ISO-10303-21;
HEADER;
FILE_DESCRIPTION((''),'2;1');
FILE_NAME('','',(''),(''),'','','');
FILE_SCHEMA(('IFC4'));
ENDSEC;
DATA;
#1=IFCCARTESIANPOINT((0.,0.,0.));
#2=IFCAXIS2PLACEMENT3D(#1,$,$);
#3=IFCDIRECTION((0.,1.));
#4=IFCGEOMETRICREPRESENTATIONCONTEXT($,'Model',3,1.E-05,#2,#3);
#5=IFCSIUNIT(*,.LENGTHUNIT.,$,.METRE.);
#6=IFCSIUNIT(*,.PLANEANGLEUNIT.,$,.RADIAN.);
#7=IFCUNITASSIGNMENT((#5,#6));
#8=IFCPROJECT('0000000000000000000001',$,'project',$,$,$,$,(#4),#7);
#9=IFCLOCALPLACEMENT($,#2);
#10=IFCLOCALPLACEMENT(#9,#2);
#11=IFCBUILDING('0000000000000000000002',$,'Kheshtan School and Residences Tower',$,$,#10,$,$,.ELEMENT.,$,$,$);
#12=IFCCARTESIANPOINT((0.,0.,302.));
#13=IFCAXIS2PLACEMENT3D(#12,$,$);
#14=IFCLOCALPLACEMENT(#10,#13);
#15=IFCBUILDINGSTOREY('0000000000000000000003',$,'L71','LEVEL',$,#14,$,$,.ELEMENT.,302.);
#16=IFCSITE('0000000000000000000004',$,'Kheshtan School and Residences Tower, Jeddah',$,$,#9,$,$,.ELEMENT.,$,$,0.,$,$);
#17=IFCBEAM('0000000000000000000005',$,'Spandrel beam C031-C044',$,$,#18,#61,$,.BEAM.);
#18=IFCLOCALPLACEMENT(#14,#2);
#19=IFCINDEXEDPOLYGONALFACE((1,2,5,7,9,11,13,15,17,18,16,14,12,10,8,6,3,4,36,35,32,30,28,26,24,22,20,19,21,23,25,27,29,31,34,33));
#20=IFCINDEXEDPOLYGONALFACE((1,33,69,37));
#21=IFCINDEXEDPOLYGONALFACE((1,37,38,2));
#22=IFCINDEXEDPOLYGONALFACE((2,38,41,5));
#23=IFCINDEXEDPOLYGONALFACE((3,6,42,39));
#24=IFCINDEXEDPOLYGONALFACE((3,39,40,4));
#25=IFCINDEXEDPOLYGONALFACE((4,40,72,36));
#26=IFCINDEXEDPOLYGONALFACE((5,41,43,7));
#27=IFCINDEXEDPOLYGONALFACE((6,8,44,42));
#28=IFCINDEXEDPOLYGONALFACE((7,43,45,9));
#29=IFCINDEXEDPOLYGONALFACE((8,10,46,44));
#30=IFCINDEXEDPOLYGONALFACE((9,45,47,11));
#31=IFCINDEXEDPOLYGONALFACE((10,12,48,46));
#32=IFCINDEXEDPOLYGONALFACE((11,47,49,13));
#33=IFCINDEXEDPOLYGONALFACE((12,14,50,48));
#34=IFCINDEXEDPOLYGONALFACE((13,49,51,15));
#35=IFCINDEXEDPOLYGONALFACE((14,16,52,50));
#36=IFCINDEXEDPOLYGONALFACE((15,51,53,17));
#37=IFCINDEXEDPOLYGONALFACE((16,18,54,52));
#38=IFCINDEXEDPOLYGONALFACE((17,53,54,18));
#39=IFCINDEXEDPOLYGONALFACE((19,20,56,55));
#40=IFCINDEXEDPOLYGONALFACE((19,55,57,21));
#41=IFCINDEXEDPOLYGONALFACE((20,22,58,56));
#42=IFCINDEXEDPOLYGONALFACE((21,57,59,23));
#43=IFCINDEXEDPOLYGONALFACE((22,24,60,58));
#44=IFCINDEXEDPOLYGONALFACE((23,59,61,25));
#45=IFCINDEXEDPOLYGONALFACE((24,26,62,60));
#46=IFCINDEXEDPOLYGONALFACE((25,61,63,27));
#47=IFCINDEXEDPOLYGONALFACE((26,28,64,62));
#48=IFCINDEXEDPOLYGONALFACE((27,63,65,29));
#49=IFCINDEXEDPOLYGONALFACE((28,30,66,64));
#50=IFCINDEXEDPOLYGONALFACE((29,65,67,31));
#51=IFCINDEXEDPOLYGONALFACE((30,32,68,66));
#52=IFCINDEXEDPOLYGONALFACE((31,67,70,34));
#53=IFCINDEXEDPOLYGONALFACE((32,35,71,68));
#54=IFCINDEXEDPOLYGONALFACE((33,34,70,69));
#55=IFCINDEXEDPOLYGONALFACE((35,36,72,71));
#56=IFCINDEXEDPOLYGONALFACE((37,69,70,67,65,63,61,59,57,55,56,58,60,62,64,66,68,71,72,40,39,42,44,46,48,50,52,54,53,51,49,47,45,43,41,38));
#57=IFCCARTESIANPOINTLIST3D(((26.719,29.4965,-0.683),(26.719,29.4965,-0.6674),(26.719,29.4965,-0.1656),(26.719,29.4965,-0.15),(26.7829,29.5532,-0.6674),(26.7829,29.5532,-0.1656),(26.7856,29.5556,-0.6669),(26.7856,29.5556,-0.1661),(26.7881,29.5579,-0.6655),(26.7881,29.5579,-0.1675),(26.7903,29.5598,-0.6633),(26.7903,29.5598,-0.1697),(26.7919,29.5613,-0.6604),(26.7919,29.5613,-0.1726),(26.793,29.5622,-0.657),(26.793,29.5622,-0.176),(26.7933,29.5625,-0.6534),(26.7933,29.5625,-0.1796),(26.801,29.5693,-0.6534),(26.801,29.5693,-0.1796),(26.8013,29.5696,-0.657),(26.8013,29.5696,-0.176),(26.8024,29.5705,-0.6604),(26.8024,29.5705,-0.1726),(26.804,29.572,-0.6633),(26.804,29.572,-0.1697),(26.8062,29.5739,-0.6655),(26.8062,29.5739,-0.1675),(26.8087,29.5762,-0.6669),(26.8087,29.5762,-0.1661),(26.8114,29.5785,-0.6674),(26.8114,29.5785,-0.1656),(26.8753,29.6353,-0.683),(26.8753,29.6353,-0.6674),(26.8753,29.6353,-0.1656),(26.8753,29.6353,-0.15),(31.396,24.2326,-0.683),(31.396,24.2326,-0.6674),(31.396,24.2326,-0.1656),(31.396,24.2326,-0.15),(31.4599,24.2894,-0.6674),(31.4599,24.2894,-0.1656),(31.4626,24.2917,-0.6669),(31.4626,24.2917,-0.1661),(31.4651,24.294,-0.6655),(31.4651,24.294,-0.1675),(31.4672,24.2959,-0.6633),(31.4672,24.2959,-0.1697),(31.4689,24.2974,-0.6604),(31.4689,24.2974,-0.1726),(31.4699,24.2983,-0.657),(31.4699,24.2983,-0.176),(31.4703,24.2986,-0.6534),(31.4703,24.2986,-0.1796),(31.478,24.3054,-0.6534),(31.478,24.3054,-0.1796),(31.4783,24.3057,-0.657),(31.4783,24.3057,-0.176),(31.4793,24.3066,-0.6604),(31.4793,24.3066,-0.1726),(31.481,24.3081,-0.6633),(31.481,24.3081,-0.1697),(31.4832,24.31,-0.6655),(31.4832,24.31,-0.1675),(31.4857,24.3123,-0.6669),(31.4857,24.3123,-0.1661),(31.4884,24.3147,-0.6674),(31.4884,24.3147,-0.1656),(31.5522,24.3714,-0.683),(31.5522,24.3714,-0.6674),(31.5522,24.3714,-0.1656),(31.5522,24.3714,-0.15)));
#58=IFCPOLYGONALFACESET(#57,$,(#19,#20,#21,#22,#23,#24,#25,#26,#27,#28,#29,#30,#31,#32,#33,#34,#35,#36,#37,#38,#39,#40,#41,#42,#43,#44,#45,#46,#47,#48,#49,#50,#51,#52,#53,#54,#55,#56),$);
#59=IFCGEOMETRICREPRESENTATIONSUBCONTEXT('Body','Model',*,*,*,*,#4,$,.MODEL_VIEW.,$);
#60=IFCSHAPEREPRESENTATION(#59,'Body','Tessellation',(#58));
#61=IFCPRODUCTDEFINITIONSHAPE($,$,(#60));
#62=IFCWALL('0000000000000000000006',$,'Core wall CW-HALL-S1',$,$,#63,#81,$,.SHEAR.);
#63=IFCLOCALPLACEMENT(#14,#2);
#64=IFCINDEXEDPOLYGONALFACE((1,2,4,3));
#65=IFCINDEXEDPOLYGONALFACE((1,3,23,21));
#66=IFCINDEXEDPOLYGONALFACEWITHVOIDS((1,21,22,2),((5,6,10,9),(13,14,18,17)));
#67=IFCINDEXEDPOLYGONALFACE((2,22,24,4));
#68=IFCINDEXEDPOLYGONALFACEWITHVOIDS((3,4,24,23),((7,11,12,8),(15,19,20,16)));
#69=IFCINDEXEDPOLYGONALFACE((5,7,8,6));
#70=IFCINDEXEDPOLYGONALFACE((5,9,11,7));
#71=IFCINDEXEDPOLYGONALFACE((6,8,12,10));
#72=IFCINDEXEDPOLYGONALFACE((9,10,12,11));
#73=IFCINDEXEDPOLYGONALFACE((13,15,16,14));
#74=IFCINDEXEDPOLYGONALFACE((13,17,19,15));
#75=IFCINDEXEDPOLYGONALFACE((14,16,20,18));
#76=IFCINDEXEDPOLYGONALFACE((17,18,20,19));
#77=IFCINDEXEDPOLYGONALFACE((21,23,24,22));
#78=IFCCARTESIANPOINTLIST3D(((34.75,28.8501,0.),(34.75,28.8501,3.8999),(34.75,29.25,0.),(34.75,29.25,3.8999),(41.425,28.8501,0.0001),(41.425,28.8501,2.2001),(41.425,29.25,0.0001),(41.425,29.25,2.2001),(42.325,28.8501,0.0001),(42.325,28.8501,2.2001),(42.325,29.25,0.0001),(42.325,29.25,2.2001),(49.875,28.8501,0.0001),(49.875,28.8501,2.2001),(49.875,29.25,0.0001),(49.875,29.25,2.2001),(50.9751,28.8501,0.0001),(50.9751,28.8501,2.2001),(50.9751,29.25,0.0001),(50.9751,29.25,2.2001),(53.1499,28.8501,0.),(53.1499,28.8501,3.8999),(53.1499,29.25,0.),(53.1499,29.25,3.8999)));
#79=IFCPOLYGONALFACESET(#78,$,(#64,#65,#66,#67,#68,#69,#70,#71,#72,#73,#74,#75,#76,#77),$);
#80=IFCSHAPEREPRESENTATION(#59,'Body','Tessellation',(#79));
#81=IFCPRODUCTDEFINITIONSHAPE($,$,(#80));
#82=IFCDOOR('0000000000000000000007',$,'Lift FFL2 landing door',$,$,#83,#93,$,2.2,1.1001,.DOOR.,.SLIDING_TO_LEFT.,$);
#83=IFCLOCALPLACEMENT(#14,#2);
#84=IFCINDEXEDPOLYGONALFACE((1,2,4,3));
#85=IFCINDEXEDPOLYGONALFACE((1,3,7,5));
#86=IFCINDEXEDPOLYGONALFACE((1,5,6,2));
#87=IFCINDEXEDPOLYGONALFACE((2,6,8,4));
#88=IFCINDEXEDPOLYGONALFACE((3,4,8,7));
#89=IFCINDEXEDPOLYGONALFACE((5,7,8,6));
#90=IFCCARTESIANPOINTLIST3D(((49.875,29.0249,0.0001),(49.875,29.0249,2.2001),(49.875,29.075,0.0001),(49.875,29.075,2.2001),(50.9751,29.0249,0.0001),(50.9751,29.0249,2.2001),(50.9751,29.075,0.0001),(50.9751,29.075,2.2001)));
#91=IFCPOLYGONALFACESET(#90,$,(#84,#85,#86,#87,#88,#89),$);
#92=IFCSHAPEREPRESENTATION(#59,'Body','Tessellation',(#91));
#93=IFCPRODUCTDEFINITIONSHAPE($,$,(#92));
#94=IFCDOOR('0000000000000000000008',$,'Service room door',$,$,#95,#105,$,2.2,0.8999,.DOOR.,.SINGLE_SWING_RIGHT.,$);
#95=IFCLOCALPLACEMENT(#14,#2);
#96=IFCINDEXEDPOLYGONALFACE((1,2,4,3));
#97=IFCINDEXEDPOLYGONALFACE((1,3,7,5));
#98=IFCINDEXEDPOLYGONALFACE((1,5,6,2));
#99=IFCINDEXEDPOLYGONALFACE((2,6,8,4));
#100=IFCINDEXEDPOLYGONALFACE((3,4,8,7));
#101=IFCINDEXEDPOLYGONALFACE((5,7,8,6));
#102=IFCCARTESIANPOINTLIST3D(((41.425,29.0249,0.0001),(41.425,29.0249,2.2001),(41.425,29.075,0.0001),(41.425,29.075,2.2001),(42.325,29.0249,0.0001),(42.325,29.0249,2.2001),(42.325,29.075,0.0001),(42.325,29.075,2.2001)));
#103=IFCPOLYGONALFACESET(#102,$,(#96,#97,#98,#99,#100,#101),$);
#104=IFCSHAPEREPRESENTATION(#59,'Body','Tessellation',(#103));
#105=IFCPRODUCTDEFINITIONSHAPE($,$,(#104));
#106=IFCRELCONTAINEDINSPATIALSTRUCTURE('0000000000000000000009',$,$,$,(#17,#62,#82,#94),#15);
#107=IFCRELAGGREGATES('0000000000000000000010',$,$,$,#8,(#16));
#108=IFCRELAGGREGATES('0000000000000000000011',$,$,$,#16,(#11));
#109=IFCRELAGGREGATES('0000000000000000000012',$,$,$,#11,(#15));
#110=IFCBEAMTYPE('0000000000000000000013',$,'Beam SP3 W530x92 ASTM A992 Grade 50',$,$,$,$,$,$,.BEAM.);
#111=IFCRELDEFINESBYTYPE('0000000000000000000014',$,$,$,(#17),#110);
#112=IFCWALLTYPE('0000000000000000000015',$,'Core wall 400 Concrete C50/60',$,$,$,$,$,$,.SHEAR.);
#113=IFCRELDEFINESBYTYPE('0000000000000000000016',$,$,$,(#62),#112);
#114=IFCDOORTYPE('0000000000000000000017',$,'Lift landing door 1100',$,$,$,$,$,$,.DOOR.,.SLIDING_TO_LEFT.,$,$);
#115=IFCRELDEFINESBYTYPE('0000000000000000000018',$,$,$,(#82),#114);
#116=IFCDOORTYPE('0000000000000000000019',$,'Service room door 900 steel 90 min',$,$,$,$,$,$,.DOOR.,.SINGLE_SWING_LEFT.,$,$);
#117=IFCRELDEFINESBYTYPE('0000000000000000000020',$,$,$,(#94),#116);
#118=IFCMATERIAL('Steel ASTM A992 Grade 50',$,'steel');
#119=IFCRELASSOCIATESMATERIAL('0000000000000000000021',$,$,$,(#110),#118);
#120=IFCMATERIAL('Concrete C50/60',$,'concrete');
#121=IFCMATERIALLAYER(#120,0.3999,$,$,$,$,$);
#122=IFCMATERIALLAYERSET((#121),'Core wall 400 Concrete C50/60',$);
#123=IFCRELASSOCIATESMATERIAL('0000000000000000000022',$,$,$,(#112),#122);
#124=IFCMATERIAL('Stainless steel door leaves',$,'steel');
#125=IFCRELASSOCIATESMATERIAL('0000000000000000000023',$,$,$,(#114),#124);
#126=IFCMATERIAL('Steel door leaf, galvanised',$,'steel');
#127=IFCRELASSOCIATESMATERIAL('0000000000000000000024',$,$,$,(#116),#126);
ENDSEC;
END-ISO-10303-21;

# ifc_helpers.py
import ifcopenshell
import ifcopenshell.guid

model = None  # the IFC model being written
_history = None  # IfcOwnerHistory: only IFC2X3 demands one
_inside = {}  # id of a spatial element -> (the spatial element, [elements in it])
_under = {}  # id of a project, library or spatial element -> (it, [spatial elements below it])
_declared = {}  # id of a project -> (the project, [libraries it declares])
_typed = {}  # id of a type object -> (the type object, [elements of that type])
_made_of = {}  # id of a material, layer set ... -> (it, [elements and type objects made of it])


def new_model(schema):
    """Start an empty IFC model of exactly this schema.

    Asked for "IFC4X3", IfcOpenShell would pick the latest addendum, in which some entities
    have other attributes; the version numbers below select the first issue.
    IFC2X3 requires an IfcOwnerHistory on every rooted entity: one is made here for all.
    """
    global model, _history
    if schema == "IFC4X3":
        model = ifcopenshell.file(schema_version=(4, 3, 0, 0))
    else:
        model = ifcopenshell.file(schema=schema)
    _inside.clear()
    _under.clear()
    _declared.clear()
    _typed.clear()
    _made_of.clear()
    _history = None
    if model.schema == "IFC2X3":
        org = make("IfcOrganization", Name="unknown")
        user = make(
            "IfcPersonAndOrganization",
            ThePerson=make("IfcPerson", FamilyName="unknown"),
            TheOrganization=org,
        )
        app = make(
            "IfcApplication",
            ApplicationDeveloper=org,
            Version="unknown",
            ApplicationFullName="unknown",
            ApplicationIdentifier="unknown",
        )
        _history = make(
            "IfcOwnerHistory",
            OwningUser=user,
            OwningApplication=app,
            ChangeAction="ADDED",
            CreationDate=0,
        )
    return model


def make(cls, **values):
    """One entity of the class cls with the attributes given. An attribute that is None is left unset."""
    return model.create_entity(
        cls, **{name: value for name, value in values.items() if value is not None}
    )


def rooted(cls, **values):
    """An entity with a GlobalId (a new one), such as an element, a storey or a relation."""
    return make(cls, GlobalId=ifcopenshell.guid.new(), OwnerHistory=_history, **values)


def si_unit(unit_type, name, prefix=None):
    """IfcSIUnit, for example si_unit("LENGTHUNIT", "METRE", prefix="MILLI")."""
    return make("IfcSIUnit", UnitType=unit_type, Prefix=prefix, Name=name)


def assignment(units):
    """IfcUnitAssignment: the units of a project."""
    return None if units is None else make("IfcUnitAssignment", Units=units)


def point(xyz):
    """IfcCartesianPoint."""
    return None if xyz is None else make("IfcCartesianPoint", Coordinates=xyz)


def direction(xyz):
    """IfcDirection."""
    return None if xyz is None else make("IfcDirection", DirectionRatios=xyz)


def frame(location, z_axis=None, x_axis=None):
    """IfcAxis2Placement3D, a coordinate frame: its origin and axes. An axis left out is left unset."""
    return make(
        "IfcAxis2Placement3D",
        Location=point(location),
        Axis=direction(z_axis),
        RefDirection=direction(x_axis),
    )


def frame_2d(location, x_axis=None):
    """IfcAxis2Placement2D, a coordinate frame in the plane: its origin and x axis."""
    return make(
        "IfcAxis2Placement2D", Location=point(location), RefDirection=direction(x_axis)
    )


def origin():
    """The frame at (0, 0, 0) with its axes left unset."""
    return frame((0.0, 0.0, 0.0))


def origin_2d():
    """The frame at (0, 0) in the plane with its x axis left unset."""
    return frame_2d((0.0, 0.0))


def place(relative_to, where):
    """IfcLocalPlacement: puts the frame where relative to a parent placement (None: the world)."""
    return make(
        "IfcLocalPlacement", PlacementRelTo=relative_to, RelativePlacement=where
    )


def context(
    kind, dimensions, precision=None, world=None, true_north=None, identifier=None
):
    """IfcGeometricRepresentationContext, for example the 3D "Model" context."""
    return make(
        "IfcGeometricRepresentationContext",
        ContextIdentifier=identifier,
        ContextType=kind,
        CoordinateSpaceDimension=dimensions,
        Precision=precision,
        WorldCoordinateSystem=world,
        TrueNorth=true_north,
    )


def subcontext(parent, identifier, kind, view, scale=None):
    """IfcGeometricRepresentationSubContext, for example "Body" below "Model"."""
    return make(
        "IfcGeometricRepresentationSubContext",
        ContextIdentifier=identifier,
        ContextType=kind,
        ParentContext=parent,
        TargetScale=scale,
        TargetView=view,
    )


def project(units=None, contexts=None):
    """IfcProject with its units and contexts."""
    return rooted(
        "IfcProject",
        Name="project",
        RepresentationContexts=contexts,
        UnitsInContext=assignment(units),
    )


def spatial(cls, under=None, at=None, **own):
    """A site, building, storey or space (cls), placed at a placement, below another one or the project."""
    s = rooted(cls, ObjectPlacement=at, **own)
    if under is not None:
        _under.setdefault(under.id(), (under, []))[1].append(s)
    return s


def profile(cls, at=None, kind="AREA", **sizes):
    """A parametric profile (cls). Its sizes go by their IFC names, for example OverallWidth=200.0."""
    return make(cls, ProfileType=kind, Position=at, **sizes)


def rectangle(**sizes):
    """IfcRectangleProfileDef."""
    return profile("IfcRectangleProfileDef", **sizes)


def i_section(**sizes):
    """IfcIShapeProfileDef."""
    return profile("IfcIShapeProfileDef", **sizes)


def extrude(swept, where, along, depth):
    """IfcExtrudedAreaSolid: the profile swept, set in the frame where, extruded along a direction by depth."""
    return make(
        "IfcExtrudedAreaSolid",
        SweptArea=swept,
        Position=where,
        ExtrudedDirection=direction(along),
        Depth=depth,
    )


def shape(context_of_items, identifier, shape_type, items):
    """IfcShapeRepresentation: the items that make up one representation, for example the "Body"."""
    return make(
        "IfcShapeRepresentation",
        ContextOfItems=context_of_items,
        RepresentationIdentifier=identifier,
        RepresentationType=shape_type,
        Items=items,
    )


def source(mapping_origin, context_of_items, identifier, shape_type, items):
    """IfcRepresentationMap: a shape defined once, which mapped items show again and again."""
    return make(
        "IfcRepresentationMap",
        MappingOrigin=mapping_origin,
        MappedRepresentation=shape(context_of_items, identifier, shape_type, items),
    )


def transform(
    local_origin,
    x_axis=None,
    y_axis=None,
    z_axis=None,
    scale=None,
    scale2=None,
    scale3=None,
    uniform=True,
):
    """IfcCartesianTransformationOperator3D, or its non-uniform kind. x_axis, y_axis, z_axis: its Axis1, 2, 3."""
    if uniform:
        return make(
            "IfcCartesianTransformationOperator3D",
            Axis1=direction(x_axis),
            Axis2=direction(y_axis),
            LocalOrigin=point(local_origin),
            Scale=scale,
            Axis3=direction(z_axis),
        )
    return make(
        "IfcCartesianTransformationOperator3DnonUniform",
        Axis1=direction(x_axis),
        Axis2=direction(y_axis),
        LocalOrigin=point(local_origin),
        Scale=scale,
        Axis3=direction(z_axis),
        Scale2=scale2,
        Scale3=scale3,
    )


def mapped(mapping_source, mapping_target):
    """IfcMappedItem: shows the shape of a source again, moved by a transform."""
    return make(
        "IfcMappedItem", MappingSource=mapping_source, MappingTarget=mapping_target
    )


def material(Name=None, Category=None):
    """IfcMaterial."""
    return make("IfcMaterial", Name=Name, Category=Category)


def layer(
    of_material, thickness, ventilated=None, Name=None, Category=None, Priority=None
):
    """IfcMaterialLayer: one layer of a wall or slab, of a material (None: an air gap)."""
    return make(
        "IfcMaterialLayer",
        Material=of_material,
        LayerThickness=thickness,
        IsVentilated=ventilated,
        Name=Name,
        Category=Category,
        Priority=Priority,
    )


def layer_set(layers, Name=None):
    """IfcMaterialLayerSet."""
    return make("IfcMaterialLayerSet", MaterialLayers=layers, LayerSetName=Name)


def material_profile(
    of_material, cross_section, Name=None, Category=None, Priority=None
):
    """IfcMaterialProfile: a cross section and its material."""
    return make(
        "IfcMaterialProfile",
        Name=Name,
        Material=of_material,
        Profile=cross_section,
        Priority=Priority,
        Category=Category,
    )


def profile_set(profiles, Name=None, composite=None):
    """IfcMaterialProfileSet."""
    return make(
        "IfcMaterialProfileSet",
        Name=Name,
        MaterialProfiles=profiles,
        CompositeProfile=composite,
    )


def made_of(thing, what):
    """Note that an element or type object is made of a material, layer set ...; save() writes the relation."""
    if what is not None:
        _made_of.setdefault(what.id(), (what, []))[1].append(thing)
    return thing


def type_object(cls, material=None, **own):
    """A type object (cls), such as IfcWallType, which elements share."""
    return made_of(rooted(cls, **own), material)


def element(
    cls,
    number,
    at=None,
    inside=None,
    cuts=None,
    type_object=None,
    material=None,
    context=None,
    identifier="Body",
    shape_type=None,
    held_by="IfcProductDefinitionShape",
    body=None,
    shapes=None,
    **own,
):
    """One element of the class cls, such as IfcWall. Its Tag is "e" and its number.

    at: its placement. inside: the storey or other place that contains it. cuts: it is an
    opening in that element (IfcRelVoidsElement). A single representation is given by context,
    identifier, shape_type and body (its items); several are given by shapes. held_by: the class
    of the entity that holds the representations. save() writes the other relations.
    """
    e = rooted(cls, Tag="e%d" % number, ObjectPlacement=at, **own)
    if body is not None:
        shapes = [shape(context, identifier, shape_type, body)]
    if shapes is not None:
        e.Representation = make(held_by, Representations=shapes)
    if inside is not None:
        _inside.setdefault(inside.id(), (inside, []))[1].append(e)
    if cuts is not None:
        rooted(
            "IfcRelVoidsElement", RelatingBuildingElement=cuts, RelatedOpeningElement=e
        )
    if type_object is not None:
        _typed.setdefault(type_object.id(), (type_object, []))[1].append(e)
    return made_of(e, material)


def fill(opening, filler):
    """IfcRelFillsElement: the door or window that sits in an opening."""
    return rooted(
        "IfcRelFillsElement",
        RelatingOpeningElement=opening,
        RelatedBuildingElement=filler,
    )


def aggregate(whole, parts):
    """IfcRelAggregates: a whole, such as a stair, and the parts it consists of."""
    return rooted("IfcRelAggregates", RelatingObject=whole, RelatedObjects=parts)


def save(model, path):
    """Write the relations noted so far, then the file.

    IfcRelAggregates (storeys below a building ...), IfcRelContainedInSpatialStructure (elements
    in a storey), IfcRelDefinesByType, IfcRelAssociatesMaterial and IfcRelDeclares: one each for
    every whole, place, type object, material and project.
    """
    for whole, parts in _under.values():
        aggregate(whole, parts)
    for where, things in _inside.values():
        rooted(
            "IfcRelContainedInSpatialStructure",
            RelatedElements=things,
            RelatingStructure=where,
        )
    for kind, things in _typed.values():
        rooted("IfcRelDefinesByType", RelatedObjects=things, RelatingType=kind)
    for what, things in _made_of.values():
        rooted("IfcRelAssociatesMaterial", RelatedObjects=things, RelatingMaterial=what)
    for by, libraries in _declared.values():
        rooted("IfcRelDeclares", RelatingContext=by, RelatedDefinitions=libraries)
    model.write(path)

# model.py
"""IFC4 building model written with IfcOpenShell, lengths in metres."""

from ifc_helpers import new_model, si_unit, direction, frame, frame_2d, origin, origin_2d, place, context, subcontext, project, spatial, rectangle, i_section, extrude, source, transform, mapped, material, layer, layer_set, material_profile, profile_set, type_object, element, fill, save


model = new_model("IFC4")

# Units and contexts
model_context = context("Model", 3, precision=1e-05, world=origin(), true_north=direction((0.0, 1.0)))
body_context = subcontext(model_context, "Body", "Model", "MODEL_VIEW")
ifc_project = project(units=[si_unit("LENGTHUNIT", "METRE"), si_unit("PLANEANGLEUNIT", "RADIAN")], contexts=[model_context])

# Site, building, storey
site_placement = place(None, origin())
site = spatial("IfcSite", under=ifc_project, at=site_placement, Name="Kheshtan School and Residences Tower, Jeddah", CompositionType="ELEMENT", RefElevation=0.0)
building_placement = place(site_placement, origin())
building = spatial("IfcBuilding", under=site, at=building_placement, Name="Kheshtan School and Residences Tower", CompositionType="ELEMENT")
storey_placement = place(building_placement, frame((0.0, 0.0, 302.0)))
storey = spatial("IfcBuildingStorey", under=building, at=storey_placement, Name="L71", Description="LEVEL", CompositionType="ELEMENT", Elevation=302.0)

# Shared definitions
ifc_material_1 = material(Name="Steel ASTM A992 Grade 50", Category="steel")

# Beam
ifc_material_profile_1 = material_profile(ifc_material_1, i_section(OverallWidth=0.209, OverallDepth=0.533, WebThickness=0.0103, FlangeThickness=0.0156, FilletRadius=0.0139, at=origin_2d()), Name="W530x92")
ifc_profile_set_1 = profile_set([ifc_material_profile_1], Name="Steel ASTM A992 Grade 50")
beam_type_1 = type_object("IfcBeamType", Name="Beam SP3 W530x92 ASTM A992 Grade 50", PredefinedType="BEAM", material=ifc_profile_set_1)
beam_1_placement = place(storey_placement, frame((31.4741, 24.302, -0.4165), z_axis=(-0.664202, 0.747553, 0.0), x_axis=(-0.747553, -0.664202, 0.0)))
element("IfcBeam", 1, at=beam_1_placement, inside=storey, type_object=beam_type_1, Name="Spandrel beam C031-C044", PredefinedType="BEAM", context=body_context, shape_type="SweptSolid", body=[
    extrude(i_section(OverallWidth=0.209, OverallDepth=0.533, WebThickness=0.0103, FlangeThickness=0.0156, FilletRadius=0.0139, at=origin_2d()), origin(), (0.0, 0.0, 1.0), 7.0415),
])

# Wall, openings, doors
ifc_material_2 = material(Name="Concrete C50/60", Category="concrete")
ifc_layer_1 = layer(ifc_material_2, 0.3999)
ifc_layer_set_1 = layer_set([ifc_layer_1], Name="Core wall 400 Concrete C50/60")
wall_type_1 = type_object("IfcWallType", Name="Core wall 400 Concrete C50/60", PredefinedType="SHEAR", material=ifc_layer_set_1)
wall_1_placement = place(storey_placement, frame((34.75, 29.05, 0.0), z_axis=(0.0, 0.0, 1.0), x_axis=(1.0, 0.0, 0.0)))
wall_1 = element("IfcWall", 2, at=wall_1_placement, inside=storey, type_object=wall_type_1, Name="Core wall CW-HALL-S1", PredefinedType="SHEAR", context=body_context, shape_type="SweptSolid", body=[
    extrude(rectangle(XDim=18.3999, YDim=0.3999, at=frame_2d((9.2, 0.0))), origin(), (0.0, 0.0, 1.0), 3.8999),
])
opening_1_placement = place(wall_1_placement, frame((15.125, 0.0, 0.0)))
opening_1 = element("IfcOpeningElement", 3, at=opening_1_placement, cuts=wall_1, PredefinedType="OPENING", context=body_context, shape_type="SweptSolid", body=[
    extrude(rectangle(XDim=1.1001, YDim=2.2, at=frame_2d((0.55, 1.1001))), frame((0.0, 0.21, 0.0), z_axis=(0.0, -1.0, 0.0), x_axis=(1.0, 0.0, 0.0)), (0.0, 0.0, 1.0), 0.4199),
])
opening_2_placement = place(wall_1_placement, frame((6.675, 0.0, 0.0)))
opening_2 = element("IfcOpeningElement", 4, at=opening_2_placement, cuts=wall_1, PredefinedType="OPENING", context=body_context, shape_type="SweptSolid", body=[
    extrude(rectangle(XDim=0.8999, YDim=2.2, at=frame_2d((0.45, 1.1001))), frame((0.0, 0.21, 0.0), z_axis=(0.0, -1.0, 0.0), x_axis=(1.0, 0.0, 0.0)), (0.0, 0.0, 1.0), 0.4199),
])
ifc_material_3 = material(Name="Stainless steel door leaves", Category="steel")
door_type_1 = type_object("IfcDoorType", Name="Lift landing door 1100", OperationType="SLIDING_TO_LEFT", PredefinedType="DOOR", material=ifc_material_3)
shared_shape_1 = source(origin(), body_context, "Body", "SweptSolid", [
    extrude(rectangle(XDim=1.1001, YDim=2.2, at=frame_2d((0.55, 1.1001))), frame((0.0, 0.0249, 0.0), z_axis=(0.0, -1.0, 0.0), x_axis=(1.0, 0.0, 0.0)), (0.0, 0.0, 1.0), 0.05),
])
door_1_placement = place(opening_1_placement, origin())
door_1 = element("IfcDoor", 5, at=door_1_placement, inside=storey, type_object=door_type_1, Name="Lift FFL2 landing door", OperationType="SLIDING_TO_LEFT", OverallHeight=2.2, OverallWidth=1.1001, PredefinedType="DOOR", context=body_context, shape_type="MappedRepresentation", body=[
    mapped(shared_shape_1, transform((0.0, 0.0, 0.0), x_axis=(1.0, 0.0, 0.0), y_axis=(0.0, 1.0, 0.0), z_axis=(0.0, 0.0, 1.0), scale=1.0)),
])
fill(opening_1, door_1)
ifc_material_4 = material(Name="Steel door leaf, galvanised", Category="steel")
door_type_2 = type_object("IfcDoorType", Name="Service room door 900 steel 90 min", OperationType="SINGLE_SWING_LEFT", PredefinedType="DOOR", material=ifc_material_4)
shared_shape_2 = source(origin(), body_context, "Body", "SweptSolid", [
    extrude(rectangle(XDim=0.8999, YDim=2.2, at=frame_2d((0.45, 1.1001))), frame((0.0, 0.0249, 0.0), z_axis=(0.0, -1.0, 0.0), x_axis=(1.0, 0.0, 0.0)), (0.0, 0.0, 1.0), 0.05),
])
door_2_placement = place(opening_2_placement, origin())
door_2 = element("IfcDoor", 6, at=door_2_placement, inside=storey, type_object=door_type_2, Name="Service room door", OperationType="SINGLE_SWING_RIGHT", OverallHeight=2.2, OverallWidth=0.8999, PredefinedType="DOOR", context=body_context, shape_type="MappedRepresentation", body=[
    mapped(shared_shape_2, transform((0.0, 0.0, 0.0), x_axis=(1.0, 0.0, 0.0), y_axis=(0.0, 1.0, 0.0), z_axis=(0.0, 0.0, 1.0), scale=1.0)),
])
fill(opening_2, door_2)

save(model, "model.ifc")
